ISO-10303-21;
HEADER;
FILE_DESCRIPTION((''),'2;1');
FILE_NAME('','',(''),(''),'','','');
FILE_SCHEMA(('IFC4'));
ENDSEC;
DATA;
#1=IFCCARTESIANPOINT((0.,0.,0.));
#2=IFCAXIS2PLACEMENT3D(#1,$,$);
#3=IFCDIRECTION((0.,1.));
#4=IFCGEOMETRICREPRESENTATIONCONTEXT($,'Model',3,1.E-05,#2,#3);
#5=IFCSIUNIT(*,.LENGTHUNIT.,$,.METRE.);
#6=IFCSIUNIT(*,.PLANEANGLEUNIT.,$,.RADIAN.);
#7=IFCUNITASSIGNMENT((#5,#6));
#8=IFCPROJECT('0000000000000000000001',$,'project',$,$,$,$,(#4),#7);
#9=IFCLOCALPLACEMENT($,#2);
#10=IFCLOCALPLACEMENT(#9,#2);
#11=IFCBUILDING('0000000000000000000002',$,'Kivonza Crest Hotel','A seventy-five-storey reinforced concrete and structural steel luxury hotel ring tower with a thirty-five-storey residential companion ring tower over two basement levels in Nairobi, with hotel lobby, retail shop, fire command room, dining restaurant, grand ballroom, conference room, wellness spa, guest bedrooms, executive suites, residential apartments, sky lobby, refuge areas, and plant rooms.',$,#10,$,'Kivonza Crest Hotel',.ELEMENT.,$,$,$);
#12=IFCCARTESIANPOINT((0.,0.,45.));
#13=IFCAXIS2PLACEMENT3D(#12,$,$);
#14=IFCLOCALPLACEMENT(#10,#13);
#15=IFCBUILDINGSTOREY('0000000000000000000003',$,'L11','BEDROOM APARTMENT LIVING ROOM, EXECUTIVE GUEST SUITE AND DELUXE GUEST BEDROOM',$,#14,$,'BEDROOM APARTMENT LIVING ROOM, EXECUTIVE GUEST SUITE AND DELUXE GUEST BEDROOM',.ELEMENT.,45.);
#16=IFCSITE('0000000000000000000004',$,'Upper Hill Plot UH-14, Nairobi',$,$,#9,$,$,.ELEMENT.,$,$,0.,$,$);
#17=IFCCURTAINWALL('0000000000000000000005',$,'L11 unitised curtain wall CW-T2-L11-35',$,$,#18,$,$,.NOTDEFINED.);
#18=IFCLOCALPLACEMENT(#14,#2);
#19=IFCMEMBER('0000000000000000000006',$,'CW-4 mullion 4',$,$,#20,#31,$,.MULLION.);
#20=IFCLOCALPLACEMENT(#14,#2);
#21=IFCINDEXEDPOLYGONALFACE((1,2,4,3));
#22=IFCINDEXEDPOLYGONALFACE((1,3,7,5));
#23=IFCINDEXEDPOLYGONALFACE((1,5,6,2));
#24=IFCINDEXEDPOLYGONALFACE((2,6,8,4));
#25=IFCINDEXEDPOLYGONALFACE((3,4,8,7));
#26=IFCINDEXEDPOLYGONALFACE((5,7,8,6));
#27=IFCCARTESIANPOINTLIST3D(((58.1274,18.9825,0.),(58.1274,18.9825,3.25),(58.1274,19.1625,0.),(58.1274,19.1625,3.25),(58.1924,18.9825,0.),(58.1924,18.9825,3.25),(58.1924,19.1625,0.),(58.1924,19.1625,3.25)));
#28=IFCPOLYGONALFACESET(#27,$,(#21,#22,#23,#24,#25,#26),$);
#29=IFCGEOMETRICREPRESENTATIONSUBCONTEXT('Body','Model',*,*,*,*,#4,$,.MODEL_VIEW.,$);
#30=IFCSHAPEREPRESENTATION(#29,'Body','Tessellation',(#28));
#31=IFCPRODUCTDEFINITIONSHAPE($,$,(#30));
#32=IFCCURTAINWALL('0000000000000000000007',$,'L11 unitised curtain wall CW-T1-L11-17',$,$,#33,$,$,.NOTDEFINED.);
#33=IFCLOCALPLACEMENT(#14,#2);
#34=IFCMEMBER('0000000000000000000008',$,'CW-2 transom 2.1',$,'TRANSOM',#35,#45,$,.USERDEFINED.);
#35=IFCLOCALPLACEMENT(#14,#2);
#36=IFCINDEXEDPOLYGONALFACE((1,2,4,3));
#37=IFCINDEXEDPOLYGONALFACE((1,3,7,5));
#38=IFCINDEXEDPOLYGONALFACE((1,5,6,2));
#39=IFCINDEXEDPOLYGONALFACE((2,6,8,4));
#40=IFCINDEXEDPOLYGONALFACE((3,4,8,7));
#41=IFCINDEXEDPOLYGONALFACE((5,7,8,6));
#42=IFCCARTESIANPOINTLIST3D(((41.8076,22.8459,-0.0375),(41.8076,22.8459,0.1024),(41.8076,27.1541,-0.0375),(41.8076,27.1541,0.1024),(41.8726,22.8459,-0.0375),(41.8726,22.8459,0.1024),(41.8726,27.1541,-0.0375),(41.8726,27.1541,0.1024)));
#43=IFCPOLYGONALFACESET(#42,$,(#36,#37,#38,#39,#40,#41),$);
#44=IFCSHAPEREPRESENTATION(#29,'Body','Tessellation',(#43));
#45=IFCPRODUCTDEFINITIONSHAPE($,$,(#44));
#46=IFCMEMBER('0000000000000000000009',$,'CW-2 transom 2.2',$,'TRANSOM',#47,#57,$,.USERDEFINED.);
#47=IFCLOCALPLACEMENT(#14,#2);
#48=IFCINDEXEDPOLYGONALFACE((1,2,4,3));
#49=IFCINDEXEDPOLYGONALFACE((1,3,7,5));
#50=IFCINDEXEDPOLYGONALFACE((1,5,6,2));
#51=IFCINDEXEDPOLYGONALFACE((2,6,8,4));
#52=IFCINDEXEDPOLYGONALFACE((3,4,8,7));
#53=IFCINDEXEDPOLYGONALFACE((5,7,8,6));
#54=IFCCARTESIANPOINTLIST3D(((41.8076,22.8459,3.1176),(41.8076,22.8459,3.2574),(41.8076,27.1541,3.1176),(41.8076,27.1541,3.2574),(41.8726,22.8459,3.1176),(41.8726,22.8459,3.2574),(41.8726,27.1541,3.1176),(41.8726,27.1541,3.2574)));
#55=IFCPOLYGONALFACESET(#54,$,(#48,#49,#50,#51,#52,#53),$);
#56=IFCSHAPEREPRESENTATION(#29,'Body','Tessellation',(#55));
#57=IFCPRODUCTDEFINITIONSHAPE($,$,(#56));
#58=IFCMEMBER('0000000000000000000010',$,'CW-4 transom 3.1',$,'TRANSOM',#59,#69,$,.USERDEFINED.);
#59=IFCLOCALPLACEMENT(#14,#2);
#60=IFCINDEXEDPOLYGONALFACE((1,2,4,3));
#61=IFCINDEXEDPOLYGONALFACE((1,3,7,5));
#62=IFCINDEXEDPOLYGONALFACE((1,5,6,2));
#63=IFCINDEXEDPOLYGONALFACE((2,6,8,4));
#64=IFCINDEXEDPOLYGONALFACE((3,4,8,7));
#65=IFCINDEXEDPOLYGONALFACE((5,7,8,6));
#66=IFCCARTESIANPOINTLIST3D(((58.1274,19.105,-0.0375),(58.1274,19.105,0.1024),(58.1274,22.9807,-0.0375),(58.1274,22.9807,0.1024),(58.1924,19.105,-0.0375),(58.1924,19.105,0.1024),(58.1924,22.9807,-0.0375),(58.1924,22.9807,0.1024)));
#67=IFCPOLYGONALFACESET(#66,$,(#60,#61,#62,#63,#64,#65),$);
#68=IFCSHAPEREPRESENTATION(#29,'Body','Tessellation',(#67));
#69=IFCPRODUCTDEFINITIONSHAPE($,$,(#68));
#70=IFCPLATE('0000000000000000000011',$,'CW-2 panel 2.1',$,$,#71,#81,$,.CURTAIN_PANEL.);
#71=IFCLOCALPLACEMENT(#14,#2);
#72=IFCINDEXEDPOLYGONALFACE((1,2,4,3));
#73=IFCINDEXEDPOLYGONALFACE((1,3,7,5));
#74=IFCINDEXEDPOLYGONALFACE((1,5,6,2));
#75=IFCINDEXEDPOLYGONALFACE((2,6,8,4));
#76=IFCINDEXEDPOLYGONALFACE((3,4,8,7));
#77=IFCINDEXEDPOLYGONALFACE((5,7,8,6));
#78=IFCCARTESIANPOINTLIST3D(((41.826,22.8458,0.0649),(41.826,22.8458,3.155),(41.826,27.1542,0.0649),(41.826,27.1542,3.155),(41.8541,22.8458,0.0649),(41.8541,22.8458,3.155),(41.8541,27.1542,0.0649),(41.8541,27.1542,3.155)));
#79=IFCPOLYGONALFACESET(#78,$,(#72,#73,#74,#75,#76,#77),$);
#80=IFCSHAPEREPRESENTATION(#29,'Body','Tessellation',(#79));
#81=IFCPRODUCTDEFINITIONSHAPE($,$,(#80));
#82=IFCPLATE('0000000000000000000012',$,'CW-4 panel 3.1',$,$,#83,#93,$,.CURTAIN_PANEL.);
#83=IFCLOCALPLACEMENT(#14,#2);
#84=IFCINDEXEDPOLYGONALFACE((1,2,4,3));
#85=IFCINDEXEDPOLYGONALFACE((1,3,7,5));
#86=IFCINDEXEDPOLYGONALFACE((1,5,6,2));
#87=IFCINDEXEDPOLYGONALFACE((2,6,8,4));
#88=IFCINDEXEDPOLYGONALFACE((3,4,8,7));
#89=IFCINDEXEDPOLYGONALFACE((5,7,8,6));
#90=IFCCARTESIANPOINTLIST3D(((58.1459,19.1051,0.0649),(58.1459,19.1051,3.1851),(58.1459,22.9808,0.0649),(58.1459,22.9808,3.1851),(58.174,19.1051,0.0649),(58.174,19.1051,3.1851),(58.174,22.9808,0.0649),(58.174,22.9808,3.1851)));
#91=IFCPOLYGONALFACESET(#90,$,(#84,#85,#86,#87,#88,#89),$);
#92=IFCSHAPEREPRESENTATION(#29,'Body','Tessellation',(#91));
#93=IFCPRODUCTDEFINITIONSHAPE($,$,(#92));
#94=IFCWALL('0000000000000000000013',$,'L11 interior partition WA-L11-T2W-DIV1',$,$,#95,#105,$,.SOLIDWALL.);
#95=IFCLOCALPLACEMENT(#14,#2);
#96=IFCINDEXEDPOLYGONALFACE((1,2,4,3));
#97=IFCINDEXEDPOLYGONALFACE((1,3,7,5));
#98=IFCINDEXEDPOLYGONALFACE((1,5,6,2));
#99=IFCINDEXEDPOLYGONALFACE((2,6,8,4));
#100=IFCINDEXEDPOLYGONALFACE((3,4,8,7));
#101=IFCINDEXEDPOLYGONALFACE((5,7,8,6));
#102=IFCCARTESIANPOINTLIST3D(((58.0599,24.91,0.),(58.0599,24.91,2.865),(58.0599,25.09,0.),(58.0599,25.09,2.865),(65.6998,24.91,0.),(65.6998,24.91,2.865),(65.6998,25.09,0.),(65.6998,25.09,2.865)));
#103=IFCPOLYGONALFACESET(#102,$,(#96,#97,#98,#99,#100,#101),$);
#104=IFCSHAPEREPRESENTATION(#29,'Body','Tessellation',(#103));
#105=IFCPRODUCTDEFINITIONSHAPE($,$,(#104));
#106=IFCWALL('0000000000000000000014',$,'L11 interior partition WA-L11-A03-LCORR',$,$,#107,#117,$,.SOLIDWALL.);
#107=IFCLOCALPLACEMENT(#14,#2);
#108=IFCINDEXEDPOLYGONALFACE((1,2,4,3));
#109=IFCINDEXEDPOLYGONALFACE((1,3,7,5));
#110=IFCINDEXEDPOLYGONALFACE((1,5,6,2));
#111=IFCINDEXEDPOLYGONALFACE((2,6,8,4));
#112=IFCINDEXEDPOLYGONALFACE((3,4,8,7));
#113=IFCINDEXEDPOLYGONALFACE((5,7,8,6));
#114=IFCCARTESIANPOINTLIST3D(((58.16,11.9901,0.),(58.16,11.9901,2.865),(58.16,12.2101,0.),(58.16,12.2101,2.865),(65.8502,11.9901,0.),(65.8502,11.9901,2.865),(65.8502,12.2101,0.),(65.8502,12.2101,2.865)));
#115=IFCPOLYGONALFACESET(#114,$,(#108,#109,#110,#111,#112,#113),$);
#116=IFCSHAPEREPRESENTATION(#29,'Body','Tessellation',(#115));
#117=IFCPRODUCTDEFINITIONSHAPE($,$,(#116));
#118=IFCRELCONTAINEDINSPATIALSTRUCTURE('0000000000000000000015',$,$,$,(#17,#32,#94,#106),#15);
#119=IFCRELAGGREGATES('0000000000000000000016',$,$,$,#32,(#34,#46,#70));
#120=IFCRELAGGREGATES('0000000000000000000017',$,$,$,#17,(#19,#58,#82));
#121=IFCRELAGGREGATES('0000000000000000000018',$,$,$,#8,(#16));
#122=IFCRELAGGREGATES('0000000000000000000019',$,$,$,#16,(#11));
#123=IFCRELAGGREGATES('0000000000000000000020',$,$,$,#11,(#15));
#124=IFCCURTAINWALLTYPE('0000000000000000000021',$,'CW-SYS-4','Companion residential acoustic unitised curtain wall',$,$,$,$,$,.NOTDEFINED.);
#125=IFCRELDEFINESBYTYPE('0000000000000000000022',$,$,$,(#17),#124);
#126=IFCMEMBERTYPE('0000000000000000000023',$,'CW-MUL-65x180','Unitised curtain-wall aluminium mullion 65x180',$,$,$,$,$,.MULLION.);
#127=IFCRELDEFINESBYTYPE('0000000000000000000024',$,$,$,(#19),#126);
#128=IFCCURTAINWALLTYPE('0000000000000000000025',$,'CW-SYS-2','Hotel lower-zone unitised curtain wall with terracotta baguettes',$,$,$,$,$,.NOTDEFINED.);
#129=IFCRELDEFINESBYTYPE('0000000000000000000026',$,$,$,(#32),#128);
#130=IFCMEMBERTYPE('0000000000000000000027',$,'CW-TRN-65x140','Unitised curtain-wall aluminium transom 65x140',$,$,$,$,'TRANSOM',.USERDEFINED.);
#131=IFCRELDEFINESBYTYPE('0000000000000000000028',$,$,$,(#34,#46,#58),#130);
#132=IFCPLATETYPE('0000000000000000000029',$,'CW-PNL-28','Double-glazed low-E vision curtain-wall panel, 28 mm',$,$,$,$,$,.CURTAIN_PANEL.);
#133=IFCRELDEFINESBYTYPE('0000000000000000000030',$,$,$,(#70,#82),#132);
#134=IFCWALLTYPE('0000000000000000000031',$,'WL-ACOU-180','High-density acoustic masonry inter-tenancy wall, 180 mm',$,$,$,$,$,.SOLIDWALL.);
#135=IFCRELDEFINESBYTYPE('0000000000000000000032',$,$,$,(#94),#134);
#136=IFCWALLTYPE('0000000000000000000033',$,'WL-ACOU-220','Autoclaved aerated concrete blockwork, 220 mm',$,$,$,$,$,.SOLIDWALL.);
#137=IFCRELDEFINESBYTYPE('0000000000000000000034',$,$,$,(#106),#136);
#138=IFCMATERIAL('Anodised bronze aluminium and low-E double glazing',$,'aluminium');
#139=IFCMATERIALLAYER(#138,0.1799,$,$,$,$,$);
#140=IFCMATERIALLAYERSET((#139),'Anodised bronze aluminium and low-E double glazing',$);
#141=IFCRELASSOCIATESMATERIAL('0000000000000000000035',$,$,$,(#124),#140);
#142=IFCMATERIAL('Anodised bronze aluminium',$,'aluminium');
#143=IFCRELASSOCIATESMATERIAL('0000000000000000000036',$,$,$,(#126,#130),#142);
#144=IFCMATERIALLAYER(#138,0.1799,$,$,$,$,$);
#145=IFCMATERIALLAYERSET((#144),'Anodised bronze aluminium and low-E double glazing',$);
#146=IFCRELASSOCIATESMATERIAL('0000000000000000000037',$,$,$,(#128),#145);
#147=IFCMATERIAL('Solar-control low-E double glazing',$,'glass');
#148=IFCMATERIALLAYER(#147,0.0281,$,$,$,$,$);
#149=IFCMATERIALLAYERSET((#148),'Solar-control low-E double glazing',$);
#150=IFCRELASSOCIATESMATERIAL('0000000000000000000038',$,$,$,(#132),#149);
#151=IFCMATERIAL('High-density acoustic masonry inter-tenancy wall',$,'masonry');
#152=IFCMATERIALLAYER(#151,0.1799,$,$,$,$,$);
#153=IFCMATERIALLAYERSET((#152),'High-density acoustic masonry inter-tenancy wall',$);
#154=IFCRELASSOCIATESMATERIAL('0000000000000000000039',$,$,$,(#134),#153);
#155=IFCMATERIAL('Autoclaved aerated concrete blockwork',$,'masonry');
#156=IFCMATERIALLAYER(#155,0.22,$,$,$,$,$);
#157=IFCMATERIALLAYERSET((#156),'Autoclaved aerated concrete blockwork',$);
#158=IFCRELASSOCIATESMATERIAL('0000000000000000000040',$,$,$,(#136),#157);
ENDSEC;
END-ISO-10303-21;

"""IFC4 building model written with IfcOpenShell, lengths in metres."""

from ifc_helpers import new_model, si_unit, direction, frame, frame_2d, origin, origin_2d, place, context, subcontext, project, spatial, rectangle, extrude, material, layer, layer_set, material_profile, profile_set, type_object, element, aggregate, save


model = new_model("IFC4")

# Units and contexts
model_context = context("Model", 3, precision=1e-05, world=origin(), true_north=direction((0.0, 1.0)))
body_context = subcontext(model_context, "Body", "Model", "MODEL_VIEW")
ifc_project = project(units=[si_unit("LENGTHUNIT", "METRE"), si_unit("PLANEANGLEUNIT", "RADIAN")], contexts=[model_context])

# Site, building, storey
site_placement = place(None, origin())
site = spatial("IfcSite", under=ifc_project, at=site_placement, Name="Upper Hill Plot UH-14, Nairobi", CompositionType="ELEMENT", RefElevation=0.0)
building_placement = place(site_placement, origin())
building = spatial("IfcBuilding", under=site, at=building_placement, Name="Kivonza Crest Hotel", Description="A seventy-five-storey reinforced concrete and structural steel luxury hotel ring tower with a thirty-five-storey residential companion ring tower over two basement levels in Nairobi, with hotel lobby, retail shop, fire command room, dining restaurant, grand ballroom, conference room, wellness spa, guest bedrooms, executive suites, residential apartments, sky lobby, refuge areas, and plant rooms.", LongName="Kivonza Crest Hotel", CompositionType="ELEMENT")
storey_placement = place(building_placement, frame((0.0, 0.0, 45.0)))
storey = spatial("IfcBuildingStorey", under=building, at=storey_placement, Name="L11", Description="BEDROOM APARTMENT LIVING ROOM, EXECUTIVE GUEST SUITE AND DELUXE GUEST BEDROOM", LongName="BEDROOM APARTMENT LIVING ROOM, EXECUTIVE GUEST SUITE AND DELUXE GUEST BEDROOM", CompositionType="ELEMENT", Elevation=45.0)

# Curtain wall, member
ifc_material_1 = material(Name="Anodised bronze aluminium and low-E double glazing", Category="aluminium")
ifc_layer_1 = layer(ifc_material_1, 0.1799)
ifc_layer_set_1 = layer_set([ifc_layer_1], Name="Anodised bronze aluminium and low-E double glazing")
curtain_wall_type_1 = type_object("IfcCurtainWallType", Name="CW-SYS-4", Description="Companion residential acoustic unitised curtain wall", PredefinedType="NOTDEFINED", material=ifc_layer_set_1)
curtain_wall_1_placement = place(storey_placement, origin())
curtain_wall_1 = element("IfcCurtainWall", 1, at=curtain_wall_1_placement, inside=storey, type_object=curtain_wall_type_1, Name="L11 unitised curtain wall CW-T2-L11-35", PredefinedType="NOTDEFINED")
ifc_material_2 = material(Name="Anodised bronze aluminium", Category="aluminium")
ifc_material_profile_1 = material_profile(ifc_material_2, rectangle(XDim=0.0649, YDim=0.1799, at=origin_2d()), Name="CW-M 65x180")
ifc_profile_set_1 = profile_set([ifc_material_profile_1], Name="Anodised bronze aluminium")
member_type_1 = type_object("IfcMemberType", Name="CW-MUL-65x180", Description="Unitised curtain-wall aluminium mullion 65x180", PredefinedType="MULLION", material=ifc_profile_set_1)
member_1_placement = place(storey_placement, frame((58.1599, 19.0725, 0.0), z_axis=(0.0, 0.0, 1.0), x_axis=(1.0, 0.0, 0.0)))
member_1 = element("IfcMember", 2, at=member_1_placement, type_object=member_type_1, Name="CW-4 mullion 4", PredefinedType="MULLION", context=body_context, shape_type="SweptSolid", body=[
    extrude(rectangle(XDim=0.0649, YDim=0.1799, at=origin_2d()), origin(), (0.0, 0.0, 1.0), 3.25),
])

# Curtain wall, members
ifc_layer_2 = layer(ifc_material_1, 0.1799)
ifc_layer_set_2 = layer_set([ifc_layer_2], Name="Anodised bronze aluminium and low-E double glazing")
curtain_wall_type_2 = type_object("IfcCurtainWallType", Name="CW-SYS-2", Description="Hotel lower-zone unitised curtain wall with terracotta baguettes", PredefinedType="NOTDEFINED", material=ifc_layer_set_2)
curtain_wall_2_placement = place(storey_placement, origin())
curtain_wall_2 = element("IfcCurtainWall", 3, at=curtain_wall_2_placement, inside=storey, type_object=curtain_wall_type_2, Name="L11 unitised curtain wall CW-T1-L11-17", PredefinedType="NOTDEFINED")
ifc_material_profile_2 = material_profile(ifc_material_2, rectangle(XDim=0.0649, YDim=0.1399, at=origin_2d()), Name="CW-T 65x140")
ifc_profile_set_2 = profile_set([ifc_material_profile_2], Name="Anodised bronze aluminium")
member_type_2 = type_object("IfcMemberType", Name="CW-TRN-65x140", Description="Unitised curtain-wall aluminium transom 65x140", ElementType="TRANSOM", PredefinedType="USERDEFINED", material=ifc_profile_set_2)
member_2_placement = place(storey_placement, frame((41.8401, 22.8459, 0.0325), z_axis=(0.0, 1.0, 0.0), x_axis=(-1.0, 0.0, 0.0)))
member_2 = element("IfcMember", 4, at=member_2_placement, type_object=member_type_2, Name="CW-2 transom 2.1", ObjectType="TRANSOM", PredefinedType="USERDEFINED", context=body_context, shape_type="SweptSolid", body=[
    extrude(rectangle(XDim=0.0649, YDim=0.1399, at=origin_2d()), origin(), (0.0, 0.0, 1.0), 4.3081),
])
member_3_placement = place(storey_placement, frame((41.8401, 22.8459, 3.1875), z_axis=(0.0, 1.0, 0.0), x_axis=(-1.0, 0.0, 0.0)))
member_3 = element("IfcMember", 5, at=member_3_placement, type_object=member_type_2, Name="CW-2 transom 2.2", ObjectType="TRANSOM", PredefinedType="USERDEFINED", context=body_context, shape_type="SweptSolid", body=[
    extrude(rectangle(XDim=0.0649, YDim=0.1399, at=origin_2d()), origin(), (0.0, 0.0, 1.0), 4.3081),
])

# Member
member_4_placement = place(storey_placement, frame((58.1599, 22.9807, 0.0325), z_axis=(0.0, -1.0, 0.0), x_axis=(1.0, 0.0, 0.0)))
member_4 = element("IfcMember", 6, at=member_4_placement, type_object=member_type_2, Name="CW-4 transom 3.1", ObjectType="TRANSOM", PredefinedType="USERDEFINED", context=body_context, shape_type="SweptSolid", body=[
    extrude(rectangle(XDim=0.0649, YDim=0.1399, at=origin_2d()), origin(), (0.0, 0.0, 1.0), 3.8757),
])

# Plates
ifc_material_3 = material(Name="Solar-control low-E double glazing", Category="glass")
ifc_layer_3 = layer(ifc_material_3, 0.0281)
ifc_layer_set_3 = layer_set([ifc_layer_3], Name="Solar-control low-E double glazing")
plate_type = type_object("IfcPlateType", Name="CW-PNL-28", Description="Double-glazed low-E vision curtain-wall panel, 28 mm", PredefinedType="CURTAIN_PANEL", material=ifc_layer_set_3)
plate_1_placement = place(storey_placement, frame((41.8401, 25.0, 0.0649), z_axis=(0.0, 0.0, 1.0), x_axis=(0.0, 1.0, 0.0)))
plate_1 = element("IfcPlate", 7, at=plate_1_placement, type_object=plate_type, Name="CW-2 panel 2.1", PredefinedType="CURTAIN_PANEL", context=body_context, shape_type="SweptSolid", body=[
    extrude(rectangle(XDim=4.3083, YDim=0.0281, at=origin_2d()), origin(), (0.0, 0.0, 1.0), 3.0901),
])
aggregate(curtain_wall_2, [member_2, member_3, plate_1])
plate_2_placement = place(storey_placement, frame((58.1599, 21.043, 0.0649), z_axis=(0.0, 0.0, 1.0), x_axis=(0.0, -1.0, 0.0)))
plate_2 = element("IfcPlate", 8, at=plate_2_placement, type_object=plate_type, Name="CW-4 panel 3.1", PredefinedType="CURTAIN_PANEL", context=body_context, shape_type="SweptSolid", body=[
    extrude(rectangle(XDim=3.8757, YDim=0.0281, at=origin_2d()), origin(), (0.0, 0.0, 1.0), 3.1201),
])
aggregate(curtain_wall_1, [member_1, member_4, plate_2])

# Walls
ifc_material_4 = material(Name="High-density acoustic masonry inter-tenancy wall", Category="masonry")
ifc_layer_4 = layer(ifc_material_4, 0.1799)
ifc_layer_set_4 = layer_set([ifc_layer_4], Name="High-density acoustic masonry inter-tenancy wall")
wall_type_1 = type_object("IfcWallType", Name="WL-ACOU-180", Description="High-density acoustic masonry inter-tenancy wall, 180 mm", PredefinedType="SOLIDWALL", material=ifc_layer_set_4)
wall_1_placement = place(storey_placement, frame((58.0601, 25.0, 0.0), z_axis=(0.0, 0.0, 1.0), x_axis=(1.0, 0.0, 0.0)))
element("IfcWall", 9, at=wall_1_placement, inside=storey, type_object=wall_type_1, Name="L11 interior partition WA-L11-T2W-DIV1", PredefinedType="SOLIDWALL", context=body_context, shape_type="SweptSolid", body=[
    extrude(rectangle(XDim=7.6399, YDim=0.1799, at=frame_2d((3.8198, 0.0))), origin(), (0.0, 0.0, 1.0), 2.865),
])
ifc_material_5 = material(Name="Autoclaved aerated concrete blockwork", Category="masonry")
ifc_layer_5 = layer(ifc_material_5, 0.22)
ifc_layer_set_5 = layer_set([ifc_layer_5], Name="Autoclaved aerated concrete blockwork")
wall_type_2 = type_object("IfcWallType", Name="WL-ACOU-220", Description="Autoclaved aerated concrete blockwork, 220 mm", PredefinedType="SOLIDWALL", material=ifc_layer_set_5)
wall_2_placement = place(storey_placement, frame((58.1599, 12.1001, 0.0), z_axis=(0.0, 0.0, 1.0), x_axis=(1.0, 0.0, 0.0)))
element("IfcWall", 10, at=wall_2_placement, inside=storey, type_object=wall_type_2, Name="L11 interior partition WA-L11-A03-LCORR", PredefinedType="SOLIDWALL", context=body_context, shape_type="SweptSolid", body=[
    extrude(rectangle(XDim=7.6902, YDim=0.22, at=frame_2d((3.8452, 0.0))), origin(), (0.0, 0.0, 1.0), 2.865),
])

save(model, "model.ifc")
